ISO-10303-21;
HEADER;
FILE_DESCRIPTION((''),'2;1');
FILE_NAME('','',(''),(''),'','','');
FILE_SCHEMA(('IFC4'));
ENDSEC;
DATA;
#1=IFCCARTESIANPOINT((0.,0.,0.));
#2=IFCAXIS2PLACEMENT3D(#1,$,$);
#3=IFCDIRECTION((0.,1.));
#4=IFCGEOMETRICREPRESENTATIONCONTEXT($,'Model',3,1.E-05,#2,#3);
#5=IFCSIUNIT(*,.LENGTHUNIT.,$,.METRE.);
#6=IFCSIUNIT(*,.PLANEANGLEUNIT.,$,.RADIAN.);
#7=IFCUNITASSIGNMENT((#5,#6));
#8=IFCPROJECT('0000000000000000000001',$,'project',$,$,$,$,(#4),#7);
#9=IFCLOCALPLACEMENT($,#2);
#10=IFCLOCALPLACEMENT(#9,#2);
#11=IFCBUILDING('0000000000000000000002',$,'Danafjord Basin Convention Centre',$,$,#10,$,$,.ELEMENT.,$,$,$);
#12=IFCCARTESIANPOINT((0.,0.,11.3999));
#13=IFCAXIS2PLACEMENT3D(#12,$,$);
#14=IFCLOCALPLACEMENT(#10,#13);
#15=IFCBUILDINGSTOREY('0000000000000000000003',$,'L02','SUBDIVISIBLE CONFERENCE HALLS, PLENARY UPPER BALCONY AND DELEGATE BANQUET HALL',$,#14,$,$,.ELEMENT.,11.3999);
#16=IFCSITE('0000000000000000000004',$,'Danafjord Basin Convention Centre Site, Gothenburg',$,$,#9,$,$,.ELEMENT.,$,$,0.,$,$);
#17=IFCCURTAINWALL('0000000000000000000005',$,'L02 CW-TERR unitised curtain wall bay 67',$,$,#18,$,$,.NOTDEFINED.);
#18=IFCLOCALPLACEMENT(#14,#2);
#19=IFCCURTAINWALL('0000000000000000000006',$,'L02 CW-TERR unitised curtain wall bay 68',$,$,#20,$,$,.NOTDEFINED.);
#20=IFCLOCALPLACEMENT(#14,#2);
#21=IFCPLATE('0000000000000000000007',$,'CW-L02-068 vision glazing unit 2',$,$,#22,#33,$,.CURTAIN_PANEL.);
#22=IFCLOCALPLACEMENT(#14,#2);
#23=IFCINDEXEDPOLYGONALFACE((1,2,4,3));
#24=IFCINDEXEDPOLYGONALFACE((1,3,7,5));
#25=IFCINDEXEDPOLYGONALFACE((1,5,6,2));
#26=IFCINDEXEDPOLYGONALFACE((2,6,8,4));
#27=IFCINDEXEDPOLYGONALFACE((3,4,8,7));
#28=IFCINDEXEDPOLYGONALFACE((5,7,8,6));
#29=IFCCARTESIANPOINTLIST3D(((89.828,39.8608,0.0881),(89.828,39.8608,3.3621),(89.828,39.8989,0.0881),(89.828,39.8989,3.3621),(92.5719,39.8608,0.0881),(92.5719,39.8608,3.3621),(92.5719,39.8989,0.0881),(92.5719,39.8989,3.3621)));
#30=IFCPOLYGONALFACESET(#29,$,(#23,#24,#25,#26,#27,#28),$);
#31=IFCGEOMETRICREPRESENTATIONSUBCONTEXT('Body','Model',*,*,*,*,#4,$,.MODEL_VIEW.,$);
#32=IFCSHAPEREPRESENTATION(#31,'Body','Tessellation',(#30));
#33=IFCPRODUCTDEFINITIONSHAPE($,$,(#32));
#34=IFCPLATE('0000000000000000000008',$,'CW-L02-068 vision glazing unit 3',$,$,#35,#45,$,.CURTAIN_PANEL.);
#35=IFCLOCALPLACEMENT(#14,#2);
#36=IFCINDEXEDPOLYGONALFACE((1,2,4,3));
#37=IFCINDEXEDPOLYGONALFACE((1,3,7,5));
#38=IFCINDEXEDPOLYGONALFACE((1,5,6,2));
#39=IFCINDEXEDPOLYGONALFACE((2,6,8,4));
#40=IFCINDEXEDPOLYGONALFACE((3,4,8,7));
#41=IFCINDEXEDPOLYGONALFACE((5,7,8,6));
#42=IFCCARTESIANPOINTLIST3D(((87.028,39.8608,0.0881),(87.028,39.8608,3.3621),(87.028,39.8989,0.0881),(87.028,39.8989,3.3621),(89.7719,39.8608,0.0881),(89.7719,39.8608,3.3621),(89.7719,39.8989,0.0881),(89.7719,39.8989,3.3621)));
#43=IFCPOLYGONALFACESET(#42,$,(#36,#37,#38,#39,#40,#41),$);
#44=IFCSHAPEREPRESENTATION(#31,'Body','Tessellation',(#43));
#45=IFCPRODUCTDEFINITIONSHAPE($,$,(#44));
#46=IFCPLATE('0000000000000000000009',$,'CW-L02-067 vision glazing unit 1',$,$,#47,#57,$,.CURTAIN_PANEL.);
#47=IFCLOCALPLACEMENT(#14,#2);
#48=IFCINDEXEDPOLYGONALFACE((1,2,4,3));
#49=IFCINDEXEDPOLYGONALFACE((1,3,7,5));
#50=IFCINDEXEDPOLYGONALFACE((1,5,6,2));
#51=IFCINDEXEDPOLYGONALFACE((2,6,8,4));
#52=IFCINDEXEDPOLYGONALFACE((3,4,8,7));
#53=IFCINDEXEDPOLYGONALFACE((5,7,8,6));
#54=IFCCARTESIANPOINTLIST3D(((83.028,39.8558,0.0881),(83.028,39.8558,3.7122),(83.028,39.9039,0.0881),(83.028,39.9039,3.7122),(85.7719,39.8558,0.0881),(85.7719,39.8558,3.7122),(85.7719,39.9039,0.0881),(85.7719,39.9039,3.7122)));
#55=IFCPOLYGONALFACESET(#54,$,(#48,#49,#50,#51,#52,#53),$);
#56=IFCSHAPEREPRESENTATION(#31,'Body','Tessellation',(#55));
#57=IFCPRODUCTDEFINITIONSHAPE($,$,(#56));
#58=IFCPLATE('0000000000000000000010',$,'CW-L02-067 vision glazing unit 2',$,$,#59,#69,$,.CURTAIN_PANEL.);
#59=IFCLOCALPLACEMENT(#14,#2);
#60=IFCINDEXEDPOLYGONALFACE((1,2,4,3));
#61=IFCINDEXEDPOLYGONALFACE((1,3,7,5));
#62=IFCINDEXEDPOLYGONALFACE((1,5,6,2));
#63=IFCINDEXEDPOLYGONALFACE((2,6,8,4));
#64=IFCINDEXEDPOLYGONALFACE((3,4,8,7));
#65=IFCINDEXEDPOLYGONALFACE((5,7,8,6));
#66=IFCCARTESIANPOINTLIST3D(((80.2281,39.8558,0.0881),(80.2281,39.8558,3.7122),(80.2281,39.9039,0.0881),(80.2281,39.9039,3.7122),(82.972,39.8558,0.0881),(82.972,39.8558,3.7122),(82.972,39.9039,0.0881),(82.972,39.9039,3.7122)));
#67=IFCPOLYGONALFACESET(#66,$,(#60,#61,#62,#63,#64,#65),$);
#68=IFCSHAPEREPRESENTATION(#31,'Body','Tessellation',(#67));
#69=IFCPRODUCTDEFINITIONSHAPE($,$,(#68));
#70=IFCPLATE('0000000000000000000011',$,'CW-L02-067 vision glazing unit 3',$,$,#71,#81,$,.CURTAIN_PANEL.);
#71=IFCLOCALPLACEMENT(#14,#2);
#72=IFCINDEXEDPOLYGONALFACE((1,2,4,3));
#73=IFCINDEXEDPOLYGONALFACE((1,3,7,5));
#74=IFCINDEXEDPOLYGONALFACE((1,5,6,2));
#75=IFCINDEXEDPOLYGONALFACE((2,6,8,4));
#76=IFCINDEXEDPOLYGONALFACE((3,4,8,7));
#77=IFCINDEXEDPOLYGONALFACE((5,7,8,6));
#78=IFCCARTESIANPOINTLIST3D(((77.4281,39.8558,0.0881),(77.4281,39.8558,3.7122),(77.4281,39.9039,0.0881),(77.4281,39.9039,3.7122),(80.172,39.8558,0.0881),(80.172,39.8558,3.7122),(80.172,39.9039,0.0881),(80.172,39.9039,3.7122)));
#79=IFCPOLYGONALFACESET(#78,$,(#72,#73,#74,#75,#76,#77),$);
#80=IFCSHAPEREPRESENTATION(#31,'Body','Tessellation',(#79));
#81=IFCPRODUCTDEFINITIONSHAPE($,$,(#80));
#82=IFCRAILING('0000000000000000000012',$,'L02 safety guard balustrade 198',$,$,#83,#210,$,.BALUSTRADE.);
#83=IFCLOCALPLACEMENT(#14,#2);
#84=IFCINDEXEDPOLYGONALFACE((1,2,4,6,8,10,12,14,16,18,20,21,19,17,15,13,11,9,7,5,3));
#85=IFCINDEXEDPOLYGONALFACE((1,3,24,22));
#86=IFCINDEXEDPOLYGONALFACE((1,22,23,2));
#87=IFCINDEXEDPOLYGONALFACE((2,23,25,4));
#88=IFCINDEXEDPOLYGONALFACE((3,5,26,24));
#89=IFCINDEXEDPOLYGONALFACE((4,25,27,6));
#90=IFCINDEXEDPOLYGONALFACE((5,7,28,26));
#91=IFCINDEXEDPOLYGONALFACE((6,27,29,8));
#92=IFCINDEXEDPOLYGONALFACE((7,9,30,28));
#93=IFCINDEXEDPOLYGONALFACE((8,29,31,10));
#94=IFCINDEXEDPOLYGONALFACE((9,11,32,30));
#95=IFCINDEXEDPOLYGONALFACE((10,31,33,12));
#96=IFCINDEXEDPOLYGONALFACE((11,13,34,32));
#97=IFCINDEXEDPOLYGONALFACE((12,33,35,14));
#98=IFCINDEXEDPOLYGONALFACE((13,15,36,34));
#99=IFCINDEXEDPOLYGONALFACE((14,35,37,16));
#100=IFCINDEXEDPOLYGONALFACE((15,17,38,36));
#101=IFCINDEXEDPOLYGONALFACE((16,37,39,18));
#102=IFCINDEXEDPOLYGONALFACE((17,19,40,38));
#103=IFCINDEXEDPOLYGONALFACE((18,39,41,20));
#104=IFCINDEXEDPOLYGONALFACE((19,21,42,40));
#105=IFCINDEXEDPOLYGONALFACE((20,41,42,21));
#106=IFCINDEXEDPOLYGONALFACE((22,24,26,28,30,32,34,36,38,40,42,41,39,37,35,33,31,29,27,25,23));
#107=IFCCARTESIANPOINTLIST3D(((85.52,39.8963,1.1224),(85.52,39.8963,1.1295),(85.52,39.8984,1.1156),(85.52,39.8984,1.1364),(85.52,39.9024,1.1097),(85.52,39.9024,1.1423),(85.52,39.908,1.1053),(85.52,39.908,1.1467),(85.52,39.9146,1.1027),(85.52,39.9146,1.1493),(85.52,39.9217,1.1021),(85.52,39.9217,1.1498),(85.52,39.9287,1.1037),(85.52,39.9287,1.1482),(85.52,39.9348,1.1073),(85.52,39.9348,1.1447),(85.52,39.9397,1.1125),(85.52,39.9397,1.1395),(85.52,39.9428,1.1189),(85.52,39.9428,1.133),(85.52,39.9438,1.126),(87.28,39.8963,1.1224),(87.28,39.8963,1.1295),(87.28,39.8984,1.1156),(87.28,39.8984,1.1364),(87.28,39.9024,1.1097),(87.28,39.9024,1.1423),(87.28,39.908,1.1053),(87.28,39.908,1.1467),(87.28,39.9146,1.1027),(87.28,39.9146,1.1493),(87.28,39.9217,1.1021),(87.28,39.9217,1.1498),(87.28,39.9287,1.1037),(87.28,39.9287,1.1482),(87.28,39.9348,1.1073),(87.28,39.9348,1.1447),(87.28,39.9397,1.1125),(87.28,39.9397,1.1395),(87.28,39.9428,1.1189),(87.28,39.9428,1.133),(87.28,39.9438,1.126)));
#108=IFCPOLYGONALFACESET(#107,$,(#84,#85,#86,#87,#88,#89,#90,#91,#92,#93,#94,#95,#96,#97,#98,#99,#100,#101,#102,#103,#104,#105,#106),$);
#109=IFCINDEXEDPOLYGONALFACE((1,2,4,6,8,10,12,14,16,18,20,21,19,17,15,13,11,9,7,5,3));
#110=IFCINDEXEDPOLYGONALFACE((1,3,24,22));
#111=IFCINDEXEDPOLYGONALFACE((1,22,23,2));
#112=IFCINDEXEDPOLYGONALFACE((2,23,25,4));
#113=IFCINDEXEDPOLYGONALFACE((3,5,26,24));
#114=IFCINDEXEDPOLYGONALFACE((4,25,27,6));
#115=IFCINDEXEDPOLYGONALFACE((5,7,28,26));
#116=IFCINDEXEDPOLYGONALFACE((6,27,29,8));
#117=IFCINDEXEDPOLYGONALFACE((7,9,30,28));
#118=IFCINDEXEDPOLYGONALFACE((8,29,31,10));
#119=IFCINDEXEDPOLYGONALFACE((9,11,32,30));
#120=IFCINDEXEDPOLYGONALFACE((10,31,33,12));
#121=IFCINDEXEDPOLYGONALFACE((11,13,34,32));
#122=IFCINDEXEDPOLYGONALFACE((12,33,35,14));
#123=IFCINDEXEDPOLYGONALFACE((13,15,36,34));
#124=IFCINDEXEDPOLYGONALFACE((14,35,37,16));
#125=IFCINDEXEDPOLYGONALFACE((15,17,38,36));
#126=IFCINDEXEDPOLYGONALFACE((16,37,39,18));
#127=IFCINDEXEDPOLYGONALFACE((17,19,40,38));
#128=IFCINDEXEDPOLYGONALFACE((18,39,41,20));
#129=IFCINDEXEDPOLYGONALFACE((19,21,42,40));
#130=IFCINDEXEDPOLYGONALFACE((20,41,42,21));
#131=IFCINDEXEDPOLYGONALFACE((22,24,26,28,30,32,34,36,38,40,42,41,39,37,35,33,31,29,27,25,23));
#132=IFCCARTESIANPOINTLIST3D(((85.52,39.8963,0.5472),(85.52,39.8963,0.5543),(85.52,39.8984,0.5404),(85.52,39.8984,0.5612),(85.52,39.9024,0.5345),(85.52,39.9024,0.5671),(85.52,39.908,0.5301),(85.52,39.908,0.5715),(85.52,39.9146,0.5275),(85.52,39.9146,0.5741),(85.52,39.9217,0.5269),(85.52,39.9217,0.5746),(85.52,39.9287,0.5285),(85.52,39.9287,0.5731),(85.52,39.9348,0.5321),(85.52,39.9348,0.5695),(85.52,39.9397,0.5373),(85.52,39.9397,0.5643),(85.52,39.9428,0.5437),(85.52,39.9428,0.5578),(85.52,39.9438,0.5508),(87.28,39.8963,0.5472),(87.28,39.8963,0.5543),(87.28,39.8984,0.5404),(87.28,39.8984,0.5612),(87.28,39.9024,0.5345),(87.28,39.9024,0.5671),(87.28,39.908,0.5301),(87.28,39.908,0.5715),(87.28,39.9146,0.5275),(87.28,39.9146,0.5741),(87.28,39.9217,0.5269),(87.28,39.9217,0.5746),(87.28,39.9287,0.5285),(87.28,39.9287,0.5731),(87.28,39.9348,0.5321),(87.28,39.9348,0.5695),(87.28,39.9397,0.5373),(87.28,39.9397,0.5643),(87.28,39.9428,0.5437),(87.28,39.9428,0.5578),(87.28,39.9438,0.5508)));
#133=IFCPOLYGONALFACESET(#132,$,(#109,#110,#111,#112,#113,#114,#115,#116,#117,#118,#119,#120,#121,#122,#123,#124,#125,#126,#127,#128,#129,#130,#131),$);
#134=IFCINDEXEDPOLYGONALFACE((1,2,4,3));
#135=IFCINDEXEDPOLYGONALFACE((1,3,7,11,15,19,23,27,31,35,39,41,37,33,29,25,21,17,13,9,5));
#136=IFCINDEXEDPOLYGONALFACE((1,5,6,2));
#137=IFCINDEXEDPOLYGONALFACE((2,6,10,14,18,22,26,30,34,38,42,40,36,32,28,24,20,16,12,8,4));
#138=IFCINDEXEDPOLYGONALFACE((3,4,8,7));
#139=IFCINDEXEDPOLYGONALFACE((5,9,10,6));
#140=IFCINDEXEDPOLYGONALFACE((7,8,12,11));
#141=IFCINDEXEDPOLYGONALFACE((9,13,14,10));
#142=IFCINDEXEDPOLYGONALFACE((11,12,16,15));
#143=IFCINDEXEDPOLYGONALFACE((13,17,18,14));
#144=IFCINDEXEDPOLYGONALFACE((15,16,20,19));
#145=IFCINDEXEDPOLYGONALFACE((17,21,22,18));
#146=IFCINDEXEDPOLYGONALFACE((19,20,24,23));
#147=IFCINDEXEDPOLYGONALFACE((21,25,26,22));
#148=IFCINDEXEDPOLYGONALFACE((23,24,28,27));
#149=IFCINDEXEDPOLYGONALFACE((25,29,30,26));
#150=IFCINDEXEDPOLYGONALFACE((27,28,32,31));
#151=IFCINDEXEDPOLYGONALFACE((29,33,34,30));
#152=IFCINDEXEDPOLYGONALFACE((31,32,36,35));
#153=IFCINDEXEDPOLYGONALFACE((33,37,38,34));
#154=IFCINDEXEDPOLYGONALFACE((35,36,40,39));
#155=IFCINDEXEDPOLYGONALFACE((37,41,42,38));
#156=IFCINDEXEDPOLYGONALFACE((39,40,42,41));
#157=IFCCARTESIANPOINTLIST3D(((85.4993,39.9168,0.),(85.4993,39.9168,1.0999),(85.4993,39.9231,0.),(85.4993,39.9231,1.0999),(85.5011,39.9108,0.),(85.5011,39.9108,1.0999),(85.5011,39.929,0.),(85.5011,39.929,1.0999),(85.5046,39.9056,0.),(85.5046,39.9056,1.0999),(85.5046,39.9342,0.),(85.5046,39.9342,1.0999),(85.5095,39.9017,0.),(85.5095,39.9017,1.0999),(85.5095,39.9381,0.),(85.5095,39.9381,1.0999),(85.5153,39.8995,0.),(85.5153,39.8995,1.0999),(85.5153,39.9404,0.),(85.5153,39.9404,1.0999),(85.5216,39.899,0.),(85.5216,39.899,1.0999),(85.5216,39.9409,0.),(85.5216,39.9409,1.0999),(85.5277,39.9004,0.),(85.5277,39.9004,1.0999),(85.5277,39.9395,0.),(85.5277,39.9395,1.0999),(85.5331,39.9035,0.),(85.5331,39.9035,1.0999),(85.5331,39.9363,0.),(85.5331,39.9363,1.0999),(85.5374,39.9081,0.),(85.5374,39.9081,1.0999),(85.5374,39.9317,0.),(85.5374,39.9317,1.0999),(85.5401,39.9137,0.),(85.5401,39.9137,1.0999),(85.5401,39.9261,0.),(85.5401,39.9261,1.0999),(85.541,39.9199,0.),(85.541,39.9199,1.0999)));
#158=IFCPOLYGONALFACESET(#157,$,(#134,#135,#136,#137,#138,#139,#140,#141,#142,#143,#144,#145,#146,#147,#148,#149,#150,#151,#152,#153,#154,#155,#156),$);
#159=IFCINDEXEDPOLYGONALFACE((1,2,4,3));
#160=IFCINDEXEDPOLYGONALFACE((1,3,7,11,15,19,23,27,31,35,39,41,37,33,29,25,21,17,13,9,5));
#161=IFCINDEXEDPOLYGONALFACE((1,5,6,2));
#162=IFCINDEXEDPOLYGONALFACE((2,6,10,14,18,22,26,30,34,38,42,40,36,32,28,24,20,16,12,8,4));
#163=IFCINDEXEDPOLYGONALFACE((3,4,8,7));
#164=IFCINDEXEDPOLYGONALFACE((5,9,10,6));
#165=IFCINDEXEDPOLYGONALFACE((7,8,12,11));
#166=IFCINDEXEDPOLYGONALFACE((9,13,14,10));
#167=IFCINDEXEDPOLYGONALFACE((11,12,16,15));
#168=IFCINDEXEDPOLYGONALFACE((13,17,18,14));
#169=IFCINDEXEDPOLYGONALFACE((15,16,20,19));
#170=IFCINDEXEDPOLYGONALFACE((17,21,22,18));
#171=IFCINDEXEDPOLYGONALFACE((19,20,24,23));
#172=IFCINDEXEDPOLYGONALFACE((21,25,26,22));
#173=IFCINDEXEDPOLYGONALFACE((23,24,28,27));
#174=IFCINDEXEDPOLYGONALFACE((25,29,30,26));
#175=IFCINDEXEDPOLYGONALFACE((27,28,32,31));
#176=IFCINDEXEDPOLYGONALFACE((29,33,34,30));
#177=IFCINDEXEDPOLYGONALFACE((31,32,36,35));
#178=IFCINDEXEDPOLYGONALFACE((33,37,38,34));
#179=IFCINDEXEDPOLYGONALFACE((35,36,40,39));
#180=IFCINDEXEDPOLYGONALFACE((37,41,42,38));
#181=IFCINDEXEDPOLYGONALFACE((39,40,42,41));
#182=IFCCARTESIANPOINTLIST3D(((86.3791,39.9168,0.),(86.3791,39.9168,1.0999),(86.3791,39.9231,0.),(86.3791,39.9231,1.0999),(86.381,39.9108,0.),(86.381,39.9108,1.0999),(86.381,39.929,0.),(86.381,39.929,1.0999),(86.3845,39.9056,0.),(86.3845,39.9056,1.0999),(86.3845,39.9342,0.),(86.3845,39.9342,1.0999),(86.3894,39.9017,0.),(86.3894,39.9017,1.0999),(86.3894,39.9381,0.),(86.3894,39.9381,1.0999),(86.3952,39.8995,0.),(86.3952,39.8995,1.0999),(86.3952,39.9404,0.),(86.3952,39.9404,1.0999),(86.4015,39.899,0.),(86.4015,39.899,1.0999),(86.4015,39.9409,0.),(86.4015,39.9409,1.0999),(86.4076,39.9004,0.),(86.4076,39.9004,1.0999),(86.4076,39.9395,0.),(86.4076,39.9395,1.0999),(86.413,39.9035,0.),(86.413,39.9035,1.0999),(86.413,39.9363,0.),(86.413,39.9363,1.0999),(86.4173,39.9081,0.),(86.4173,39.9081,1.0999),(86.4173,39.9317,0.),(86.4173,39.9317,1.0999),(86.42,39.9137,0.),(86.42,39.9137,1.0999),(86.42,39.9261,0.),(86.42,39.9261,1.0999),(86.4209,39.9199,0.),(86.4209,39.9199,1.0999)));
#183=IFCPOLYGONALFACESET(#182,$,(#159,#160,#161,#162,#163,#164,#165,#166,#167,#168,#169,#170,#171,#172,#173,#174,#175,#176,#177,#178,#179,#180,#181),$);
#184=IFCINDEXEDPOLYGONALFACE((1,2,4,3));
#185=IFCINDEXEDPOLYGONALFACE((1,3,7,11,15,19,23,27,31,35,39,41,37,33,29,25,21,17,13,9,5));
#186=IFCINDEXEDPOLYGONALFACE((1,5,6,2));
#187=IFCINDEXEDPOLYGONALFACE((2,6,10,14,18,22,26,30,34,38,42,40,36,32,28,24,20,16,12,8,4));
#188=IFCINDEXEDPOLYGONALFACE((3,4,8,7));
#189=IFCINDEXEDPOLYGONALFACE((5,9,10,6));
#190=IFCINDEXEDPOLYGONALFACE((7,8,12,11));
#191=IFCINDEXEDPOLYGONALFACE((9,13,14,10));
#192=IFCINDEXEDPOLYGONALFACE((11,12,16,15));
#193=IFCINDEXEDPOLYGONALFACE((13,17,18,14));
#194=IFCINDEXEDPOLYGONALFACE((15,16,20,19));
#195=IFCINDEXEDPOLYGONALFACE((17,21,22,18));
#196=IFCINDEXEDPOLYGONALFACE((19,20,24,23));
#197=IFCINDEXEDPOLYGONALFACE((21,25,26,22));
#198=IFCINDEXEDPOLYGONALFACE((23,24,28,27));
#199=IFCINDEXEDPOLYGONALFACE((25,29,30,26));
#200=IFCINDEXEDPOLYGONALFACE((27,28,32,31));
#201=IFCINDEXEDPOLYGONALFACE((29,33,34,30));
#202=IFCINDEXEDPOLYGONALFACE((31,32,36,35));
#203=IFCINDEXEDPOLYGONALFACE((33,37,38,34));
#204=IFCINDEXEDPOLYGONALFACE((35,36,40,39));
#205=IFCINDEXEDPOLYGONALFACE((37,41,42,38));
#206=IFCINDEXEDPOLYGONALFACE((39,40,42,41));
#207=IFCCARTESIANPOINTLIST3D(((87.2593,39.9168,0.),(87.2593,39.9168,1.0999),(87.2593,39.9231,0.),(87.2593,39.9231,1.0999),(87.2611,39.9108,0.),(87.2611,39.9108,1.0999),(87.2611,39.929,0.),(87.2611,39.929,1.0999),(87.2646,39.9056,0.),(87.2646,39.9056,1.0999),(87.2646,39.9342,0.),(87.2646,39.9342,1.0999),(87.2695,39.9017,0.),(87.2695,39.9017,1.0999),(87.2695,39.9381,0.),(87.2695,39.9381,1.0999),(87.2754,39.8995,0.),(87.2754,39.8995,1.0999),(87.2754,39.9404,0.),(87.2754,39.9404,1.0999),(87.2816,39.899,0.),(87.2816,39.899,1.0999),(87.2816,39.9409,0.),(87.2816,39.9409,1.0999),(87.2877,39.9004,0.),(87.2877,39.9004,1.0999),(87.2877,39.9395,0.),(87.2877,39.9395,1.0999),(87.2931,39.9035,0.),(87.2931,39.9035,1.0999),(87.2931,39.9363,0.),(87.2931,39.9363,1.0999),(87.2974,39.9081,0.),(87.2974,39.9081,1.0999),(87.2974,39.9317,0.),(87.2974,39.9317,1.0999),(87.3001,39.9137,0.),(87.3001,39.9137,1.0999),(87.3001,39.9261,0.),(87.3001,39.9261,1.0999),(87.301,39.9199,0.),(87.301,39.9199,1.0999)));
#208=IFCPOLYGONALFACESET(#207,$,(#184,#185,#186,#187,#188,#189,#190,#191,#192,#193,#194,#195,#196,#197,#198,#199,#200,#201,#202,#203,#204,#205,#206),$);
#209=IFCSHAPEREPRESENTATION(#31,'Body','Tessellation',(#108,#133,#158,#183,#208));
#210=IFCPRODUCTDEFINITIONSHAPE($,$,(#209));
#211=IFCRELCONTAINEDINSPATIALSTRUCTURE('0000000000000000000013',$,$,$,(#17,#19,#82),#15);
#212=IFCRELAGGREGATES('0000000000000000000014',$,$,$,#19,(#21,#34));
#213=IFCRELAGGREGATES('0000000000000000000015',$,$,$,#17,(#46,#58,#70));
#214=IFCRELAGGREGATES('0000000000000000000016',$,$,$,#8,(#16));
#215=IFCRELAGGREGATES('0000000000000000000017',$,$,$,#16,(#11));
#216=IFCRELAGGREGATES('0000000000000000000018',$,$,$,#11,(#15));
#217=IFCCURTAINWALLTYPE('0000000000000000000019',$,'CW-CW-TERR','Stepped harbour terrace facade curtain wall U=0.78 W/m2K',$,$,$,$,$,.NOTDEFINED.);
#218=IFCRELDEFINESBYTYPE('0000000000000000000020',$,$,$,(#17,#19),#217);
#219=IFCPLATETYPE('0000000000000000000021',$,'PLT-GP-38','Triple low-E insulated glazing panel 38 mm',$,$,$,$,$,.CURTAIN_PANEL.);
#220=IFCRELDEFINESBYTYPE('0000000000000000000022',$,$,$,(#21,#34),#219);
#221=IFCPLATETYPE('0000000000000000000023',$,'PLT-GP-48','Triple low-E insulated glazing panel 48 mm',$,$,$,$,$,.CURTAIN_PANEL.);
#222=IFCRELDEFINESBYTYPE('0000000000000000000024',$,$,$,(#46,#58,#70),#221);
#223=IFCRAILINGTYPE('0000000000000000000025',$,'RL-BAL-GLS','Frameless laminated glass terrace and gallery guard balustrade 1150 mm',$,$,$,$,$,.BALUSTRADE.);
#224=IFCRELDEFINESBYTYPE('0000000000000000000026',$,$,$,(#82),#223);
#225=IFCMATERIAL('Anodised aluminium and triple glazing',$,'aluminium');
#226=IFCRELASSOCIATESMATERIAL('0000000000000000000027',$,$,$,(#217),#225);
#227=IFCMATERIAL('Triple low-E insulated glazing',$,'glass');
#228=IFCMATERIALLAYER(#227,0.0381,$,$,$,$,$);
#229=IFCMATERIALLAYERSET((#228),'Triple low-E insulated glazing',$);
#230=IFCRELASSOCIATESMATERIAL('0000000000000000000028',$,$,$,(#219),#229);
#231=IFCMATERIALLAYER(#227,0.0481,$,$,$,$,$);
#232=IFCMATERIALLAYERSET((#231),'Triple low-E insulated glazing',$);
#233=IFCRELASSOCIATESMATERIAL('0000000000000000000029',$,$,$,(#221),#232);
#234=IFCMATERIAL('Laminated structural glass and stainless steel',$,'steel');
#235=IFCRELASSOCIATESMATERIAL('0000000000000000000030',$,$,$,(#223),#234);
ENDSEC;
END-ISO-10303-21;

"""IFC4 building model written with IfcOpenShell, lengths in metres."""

from ifc_helpers import new_model, si_unit, direction, frame, origin, origin_2d, place, context, subcontext, project, spatial, rectangle, circle, extrude, material, layer, layer_set, type_object, element, aggregate, save


model = new_model("IFC4")

# Units and contexts
model_context = context("Model", 3, precision=1e-05, world=origin(), true_north=direction((0.0, 1.0)))
body_context = subcontext(model_context, "Body", "Model", "MODEL_VIEW")
ifc_project = project(units=[si_unit("LENGTHUNIT", "METRE"), si_unit("PLANEANGLEUNIT", "RADIAN")], contexts=[model_context])

# Site, building, storey
site_placement = place(None, origin())
site = spatial("IfcSite", under=ifc_project, at=site_placement, Name="Danafjord Basin Convention Centre Site, Gothenburg", CompositionType="ELEMENT", RefElevation=0.0)
building_placement = place(site_placement, origin())
building = spatial("IfcBuilding", under=site, at=building_placement, Name="Danafjord Basin Convention Centre", CompositionType="ELEMENT")
storey_placement = place(building_placement, frame((0.0, 0.0, 11.3999)))
storey = spatial("IfcBuildingStorey", under=building, at=storey_placement, Name="L02", Description="SUBDIVISIBLE CONFERENCE HALLS, PLENARY UPPER BALCONY AND DELEGATE BANQUET HALL", CompositionType="ELEMENT", Elevation=11.3999)

# Curtain walls
ifc_material_1 = material(Name="Anodised aluminium and triple glazing", Category="aluminium")
curtain_wall_type = type_object("IfcCurtainWallType", Name="CW-CW-TERR", Description="Stepped harbour terrace facade curtain wall U=0.78 W/m2K", PredefinedType="NOTDEFINED", material=ifc_material_1)
curtain_wall_1_placement = place(storey_placement, origin())
curtain_wall_1 = element("IfcCurtainWall", 1, at=curtain_wall_1_placement, inside=storey, type_object=curtain_wall_type, Name="L02 CW-TERR unitised curtain wall bay 67", PredefinedType="NOTDEFINED")
curtain_wall_2_placement = place(storey_placement, origin())
curtain_wall_2 = element("IfcCurtainWall", 2, at=curtain_wall_2_placement, inside=storey, type_object=curtain_wall_type, Name="L02 CW-TERR unitised curtain wall bay 68", PredefinedType="NOTDEFINED")

# Plates
ifc_material_2 = material(Name="Triple low-E insulated glazing", Category="glass")
ifc_layer_1 = layer(ifc_material_2, 0.0381)
ifc_layer_set_1 = layer_set([ifc_layer_1], Name="Triple low-E insulated glazing")
plate_type_1 = type_object("IfcPlateType", Name="PLT-GP-38", Description="Triple low-E insulated glazing panel 38 mm", PredefinedType="CURTAIN_PANEL", material=ifc_layer_set_1)
plate_1_placement = place(storey_placement, frame((91.2, 39.8799, 0.0881), z_axis=(0.0, 0.0, 1.0), x_axis=(-1.0, 0.0, 0.0)))
plate_1 = element("IfcPlate", 3, at=plate_1_placement, type_object=plate_type_1, Name="CW-L02-068 vision glazing unit 2", PredefinedType="CURTAIN_PANEL", context=body_context, shape_type="SweptSolid", body=[
    extrude(rectangle(XDim=2.7439, YDim=0.0381, at=origin_2d()), origin(), (0.0, 0.0, 1.0), 3.2739),
])
plate_2_placement = place(storey_placement, frame((88.3999, 39.8799, 0.0881), z_axis=(0.0, 0.0, 1.0), x_axis=(-1.0, 0.0, 0.0)))
plate_2 = element("IfcPlate", 4, at=plate_2_placement, type_object=plate_type_1, Name="CW-L02-068 vision glazing unit 3", PredefinedType="CURTAIN_PANEL", context=body_context, shape_type="SweptSolid", body=[
    extrude(rectangle(XDim=2.7439, YDim=0.0381, at=origin_2d()), origin(), (0.0, 0.0, 1.0), 3.2739),
])
aggregate(curtain_wall_2, [plate_1, plate_2])
ifc_layer_2 = layer(ifc_material_2, 0.0481)
ifc_layer_set_2 = layer_set([ifc_layer_2], Name="Triple low-E insulated glazing")
plate_type_2 = type_object("IfcPlateType", Name="PLT-GP-48", Description="Triple low-E insulated glazing panel 48 mm", PredefinedType="CURTAIN_PANEL", material=ifc_layer_set_2)
plate_3_placement = place(storey_placement, frame((84.3999, 39.8799, 0.0881), z_axis=(0.0, 0.0, 1.0), x_axis=(-1.0, 0.0, 0.0)))
plate_3 = element("IfcPlate", 5, at=plate_3_placement, type_object=plate_type_2, Name="CW-L02-067 vision glazing unit 1", PredefinedType="CURTAIN_PANEL", context=body_context, shape_type="SweptSolid", body=[
    extrude(rectangle(XDim=2.7439, YDim=0.0481, at=origin_2d()), origin(), (0.0, 0.0, 1.0), 3.624),
])
plate_4_placement = place(storey_placement, frame((81.6001, 39.8799, 0.0881), z_axis=(0.0, 0.0, 1.0), x_axis=(-1.0, 0.0, 0.0)))
plate_4 = element("IfcPlate", 6, at=plate_4_placement, type_object=plate_type_2, Name="CW-L02-067 vision glazing unit 2", PredefinedType="CURTAIN_PANEL", context=body_context, shape_type="SweptSolid", body=[
    extrude(rectangle(XDim=2.7439, YDim=0.0481, at=origin_2d()), origin(), (0.0, 0.0, 1.0), 3.624),
])
plate_5_placement = place(storey_placement, frame((78.8, 39.8799, 0.0881), z_axis=(0.0, 0.0, 1.0), x_axis=(-1.0, 0.0, 0.0)))
plate_5 = element("IfcPlate", 7, at=plate_5_placement, type_object=plate_type_2, Name="CW-L02-067 vision glazing unit 3", PredefinedType="CURTAIN_PANEL", context=body_context, shape_type="SweptSolid", body=[
    extrude(rectangle(XDim=2.7439, YDim=0.0481, at=origin_2d()), origin(), (0.0, 0.0, 1.0), 3.624),
])
aggregate(curtain_wall_1, [plate_3, plate_4, plate_5])

# Railing
ifc_material_3 = material(Name="Laminated structural glass and stainless steel", Category="steel")
railing_type = type_object("IfcRailingType", Name="RL-BAL-GLS", Description="Frameless laminated glass terrace and gallery guard balustrade 1150 mm", PredefinedType="BALUSTRADE", material=ifc_material_3)
railing_placement = place(storey_placement, frame((85.52, 39.9199, 0.0)))
element("IfcRailing", 8, at=railing_placement, inside=storey, type_object=railing_type, Name="L02 safety guard balustrade 198", PredefinedType="BALUSTRADE", context=body_context, shape_type="SweptSolid", body=[
    extrude(circle(Radius=0.0239, at=origin_2d()), frame((0.0, 0.0, 1.126), z_axis=(1.0, 0.0, 0.0), x_axis=(0.0, 1.0, 0.0)), (0.0, 0.0, 1.0), 1.76),
    extrude(circle(Radius=0.0239, at=origin_2d()), frame((0.0, 0.0, 0.5508), z_axis=(1.0, 0.0, 0.0), x_axis=(0.0, 1.0, 0.0)), (0.0, 0.0, 1.0), 1.76),
    extrude(circle(Radius=0.021, at=origin_2d()), origin(), (0.0, 0.0, 1.0), 1.0999),
    extrude(circle(Radius=0.021, at=origin_2d()), frame((0.8799, 0.0, 0.0)), (0.0, 0.0, 1.0), 1.0999),
    extrude(circle(Radius=0.021, at=origin_2d()), frame((1.76, 0.0, 0.0)), (0.0, 0.0, 1.0), 1.0999),
])

save(model, "model.ifc")
